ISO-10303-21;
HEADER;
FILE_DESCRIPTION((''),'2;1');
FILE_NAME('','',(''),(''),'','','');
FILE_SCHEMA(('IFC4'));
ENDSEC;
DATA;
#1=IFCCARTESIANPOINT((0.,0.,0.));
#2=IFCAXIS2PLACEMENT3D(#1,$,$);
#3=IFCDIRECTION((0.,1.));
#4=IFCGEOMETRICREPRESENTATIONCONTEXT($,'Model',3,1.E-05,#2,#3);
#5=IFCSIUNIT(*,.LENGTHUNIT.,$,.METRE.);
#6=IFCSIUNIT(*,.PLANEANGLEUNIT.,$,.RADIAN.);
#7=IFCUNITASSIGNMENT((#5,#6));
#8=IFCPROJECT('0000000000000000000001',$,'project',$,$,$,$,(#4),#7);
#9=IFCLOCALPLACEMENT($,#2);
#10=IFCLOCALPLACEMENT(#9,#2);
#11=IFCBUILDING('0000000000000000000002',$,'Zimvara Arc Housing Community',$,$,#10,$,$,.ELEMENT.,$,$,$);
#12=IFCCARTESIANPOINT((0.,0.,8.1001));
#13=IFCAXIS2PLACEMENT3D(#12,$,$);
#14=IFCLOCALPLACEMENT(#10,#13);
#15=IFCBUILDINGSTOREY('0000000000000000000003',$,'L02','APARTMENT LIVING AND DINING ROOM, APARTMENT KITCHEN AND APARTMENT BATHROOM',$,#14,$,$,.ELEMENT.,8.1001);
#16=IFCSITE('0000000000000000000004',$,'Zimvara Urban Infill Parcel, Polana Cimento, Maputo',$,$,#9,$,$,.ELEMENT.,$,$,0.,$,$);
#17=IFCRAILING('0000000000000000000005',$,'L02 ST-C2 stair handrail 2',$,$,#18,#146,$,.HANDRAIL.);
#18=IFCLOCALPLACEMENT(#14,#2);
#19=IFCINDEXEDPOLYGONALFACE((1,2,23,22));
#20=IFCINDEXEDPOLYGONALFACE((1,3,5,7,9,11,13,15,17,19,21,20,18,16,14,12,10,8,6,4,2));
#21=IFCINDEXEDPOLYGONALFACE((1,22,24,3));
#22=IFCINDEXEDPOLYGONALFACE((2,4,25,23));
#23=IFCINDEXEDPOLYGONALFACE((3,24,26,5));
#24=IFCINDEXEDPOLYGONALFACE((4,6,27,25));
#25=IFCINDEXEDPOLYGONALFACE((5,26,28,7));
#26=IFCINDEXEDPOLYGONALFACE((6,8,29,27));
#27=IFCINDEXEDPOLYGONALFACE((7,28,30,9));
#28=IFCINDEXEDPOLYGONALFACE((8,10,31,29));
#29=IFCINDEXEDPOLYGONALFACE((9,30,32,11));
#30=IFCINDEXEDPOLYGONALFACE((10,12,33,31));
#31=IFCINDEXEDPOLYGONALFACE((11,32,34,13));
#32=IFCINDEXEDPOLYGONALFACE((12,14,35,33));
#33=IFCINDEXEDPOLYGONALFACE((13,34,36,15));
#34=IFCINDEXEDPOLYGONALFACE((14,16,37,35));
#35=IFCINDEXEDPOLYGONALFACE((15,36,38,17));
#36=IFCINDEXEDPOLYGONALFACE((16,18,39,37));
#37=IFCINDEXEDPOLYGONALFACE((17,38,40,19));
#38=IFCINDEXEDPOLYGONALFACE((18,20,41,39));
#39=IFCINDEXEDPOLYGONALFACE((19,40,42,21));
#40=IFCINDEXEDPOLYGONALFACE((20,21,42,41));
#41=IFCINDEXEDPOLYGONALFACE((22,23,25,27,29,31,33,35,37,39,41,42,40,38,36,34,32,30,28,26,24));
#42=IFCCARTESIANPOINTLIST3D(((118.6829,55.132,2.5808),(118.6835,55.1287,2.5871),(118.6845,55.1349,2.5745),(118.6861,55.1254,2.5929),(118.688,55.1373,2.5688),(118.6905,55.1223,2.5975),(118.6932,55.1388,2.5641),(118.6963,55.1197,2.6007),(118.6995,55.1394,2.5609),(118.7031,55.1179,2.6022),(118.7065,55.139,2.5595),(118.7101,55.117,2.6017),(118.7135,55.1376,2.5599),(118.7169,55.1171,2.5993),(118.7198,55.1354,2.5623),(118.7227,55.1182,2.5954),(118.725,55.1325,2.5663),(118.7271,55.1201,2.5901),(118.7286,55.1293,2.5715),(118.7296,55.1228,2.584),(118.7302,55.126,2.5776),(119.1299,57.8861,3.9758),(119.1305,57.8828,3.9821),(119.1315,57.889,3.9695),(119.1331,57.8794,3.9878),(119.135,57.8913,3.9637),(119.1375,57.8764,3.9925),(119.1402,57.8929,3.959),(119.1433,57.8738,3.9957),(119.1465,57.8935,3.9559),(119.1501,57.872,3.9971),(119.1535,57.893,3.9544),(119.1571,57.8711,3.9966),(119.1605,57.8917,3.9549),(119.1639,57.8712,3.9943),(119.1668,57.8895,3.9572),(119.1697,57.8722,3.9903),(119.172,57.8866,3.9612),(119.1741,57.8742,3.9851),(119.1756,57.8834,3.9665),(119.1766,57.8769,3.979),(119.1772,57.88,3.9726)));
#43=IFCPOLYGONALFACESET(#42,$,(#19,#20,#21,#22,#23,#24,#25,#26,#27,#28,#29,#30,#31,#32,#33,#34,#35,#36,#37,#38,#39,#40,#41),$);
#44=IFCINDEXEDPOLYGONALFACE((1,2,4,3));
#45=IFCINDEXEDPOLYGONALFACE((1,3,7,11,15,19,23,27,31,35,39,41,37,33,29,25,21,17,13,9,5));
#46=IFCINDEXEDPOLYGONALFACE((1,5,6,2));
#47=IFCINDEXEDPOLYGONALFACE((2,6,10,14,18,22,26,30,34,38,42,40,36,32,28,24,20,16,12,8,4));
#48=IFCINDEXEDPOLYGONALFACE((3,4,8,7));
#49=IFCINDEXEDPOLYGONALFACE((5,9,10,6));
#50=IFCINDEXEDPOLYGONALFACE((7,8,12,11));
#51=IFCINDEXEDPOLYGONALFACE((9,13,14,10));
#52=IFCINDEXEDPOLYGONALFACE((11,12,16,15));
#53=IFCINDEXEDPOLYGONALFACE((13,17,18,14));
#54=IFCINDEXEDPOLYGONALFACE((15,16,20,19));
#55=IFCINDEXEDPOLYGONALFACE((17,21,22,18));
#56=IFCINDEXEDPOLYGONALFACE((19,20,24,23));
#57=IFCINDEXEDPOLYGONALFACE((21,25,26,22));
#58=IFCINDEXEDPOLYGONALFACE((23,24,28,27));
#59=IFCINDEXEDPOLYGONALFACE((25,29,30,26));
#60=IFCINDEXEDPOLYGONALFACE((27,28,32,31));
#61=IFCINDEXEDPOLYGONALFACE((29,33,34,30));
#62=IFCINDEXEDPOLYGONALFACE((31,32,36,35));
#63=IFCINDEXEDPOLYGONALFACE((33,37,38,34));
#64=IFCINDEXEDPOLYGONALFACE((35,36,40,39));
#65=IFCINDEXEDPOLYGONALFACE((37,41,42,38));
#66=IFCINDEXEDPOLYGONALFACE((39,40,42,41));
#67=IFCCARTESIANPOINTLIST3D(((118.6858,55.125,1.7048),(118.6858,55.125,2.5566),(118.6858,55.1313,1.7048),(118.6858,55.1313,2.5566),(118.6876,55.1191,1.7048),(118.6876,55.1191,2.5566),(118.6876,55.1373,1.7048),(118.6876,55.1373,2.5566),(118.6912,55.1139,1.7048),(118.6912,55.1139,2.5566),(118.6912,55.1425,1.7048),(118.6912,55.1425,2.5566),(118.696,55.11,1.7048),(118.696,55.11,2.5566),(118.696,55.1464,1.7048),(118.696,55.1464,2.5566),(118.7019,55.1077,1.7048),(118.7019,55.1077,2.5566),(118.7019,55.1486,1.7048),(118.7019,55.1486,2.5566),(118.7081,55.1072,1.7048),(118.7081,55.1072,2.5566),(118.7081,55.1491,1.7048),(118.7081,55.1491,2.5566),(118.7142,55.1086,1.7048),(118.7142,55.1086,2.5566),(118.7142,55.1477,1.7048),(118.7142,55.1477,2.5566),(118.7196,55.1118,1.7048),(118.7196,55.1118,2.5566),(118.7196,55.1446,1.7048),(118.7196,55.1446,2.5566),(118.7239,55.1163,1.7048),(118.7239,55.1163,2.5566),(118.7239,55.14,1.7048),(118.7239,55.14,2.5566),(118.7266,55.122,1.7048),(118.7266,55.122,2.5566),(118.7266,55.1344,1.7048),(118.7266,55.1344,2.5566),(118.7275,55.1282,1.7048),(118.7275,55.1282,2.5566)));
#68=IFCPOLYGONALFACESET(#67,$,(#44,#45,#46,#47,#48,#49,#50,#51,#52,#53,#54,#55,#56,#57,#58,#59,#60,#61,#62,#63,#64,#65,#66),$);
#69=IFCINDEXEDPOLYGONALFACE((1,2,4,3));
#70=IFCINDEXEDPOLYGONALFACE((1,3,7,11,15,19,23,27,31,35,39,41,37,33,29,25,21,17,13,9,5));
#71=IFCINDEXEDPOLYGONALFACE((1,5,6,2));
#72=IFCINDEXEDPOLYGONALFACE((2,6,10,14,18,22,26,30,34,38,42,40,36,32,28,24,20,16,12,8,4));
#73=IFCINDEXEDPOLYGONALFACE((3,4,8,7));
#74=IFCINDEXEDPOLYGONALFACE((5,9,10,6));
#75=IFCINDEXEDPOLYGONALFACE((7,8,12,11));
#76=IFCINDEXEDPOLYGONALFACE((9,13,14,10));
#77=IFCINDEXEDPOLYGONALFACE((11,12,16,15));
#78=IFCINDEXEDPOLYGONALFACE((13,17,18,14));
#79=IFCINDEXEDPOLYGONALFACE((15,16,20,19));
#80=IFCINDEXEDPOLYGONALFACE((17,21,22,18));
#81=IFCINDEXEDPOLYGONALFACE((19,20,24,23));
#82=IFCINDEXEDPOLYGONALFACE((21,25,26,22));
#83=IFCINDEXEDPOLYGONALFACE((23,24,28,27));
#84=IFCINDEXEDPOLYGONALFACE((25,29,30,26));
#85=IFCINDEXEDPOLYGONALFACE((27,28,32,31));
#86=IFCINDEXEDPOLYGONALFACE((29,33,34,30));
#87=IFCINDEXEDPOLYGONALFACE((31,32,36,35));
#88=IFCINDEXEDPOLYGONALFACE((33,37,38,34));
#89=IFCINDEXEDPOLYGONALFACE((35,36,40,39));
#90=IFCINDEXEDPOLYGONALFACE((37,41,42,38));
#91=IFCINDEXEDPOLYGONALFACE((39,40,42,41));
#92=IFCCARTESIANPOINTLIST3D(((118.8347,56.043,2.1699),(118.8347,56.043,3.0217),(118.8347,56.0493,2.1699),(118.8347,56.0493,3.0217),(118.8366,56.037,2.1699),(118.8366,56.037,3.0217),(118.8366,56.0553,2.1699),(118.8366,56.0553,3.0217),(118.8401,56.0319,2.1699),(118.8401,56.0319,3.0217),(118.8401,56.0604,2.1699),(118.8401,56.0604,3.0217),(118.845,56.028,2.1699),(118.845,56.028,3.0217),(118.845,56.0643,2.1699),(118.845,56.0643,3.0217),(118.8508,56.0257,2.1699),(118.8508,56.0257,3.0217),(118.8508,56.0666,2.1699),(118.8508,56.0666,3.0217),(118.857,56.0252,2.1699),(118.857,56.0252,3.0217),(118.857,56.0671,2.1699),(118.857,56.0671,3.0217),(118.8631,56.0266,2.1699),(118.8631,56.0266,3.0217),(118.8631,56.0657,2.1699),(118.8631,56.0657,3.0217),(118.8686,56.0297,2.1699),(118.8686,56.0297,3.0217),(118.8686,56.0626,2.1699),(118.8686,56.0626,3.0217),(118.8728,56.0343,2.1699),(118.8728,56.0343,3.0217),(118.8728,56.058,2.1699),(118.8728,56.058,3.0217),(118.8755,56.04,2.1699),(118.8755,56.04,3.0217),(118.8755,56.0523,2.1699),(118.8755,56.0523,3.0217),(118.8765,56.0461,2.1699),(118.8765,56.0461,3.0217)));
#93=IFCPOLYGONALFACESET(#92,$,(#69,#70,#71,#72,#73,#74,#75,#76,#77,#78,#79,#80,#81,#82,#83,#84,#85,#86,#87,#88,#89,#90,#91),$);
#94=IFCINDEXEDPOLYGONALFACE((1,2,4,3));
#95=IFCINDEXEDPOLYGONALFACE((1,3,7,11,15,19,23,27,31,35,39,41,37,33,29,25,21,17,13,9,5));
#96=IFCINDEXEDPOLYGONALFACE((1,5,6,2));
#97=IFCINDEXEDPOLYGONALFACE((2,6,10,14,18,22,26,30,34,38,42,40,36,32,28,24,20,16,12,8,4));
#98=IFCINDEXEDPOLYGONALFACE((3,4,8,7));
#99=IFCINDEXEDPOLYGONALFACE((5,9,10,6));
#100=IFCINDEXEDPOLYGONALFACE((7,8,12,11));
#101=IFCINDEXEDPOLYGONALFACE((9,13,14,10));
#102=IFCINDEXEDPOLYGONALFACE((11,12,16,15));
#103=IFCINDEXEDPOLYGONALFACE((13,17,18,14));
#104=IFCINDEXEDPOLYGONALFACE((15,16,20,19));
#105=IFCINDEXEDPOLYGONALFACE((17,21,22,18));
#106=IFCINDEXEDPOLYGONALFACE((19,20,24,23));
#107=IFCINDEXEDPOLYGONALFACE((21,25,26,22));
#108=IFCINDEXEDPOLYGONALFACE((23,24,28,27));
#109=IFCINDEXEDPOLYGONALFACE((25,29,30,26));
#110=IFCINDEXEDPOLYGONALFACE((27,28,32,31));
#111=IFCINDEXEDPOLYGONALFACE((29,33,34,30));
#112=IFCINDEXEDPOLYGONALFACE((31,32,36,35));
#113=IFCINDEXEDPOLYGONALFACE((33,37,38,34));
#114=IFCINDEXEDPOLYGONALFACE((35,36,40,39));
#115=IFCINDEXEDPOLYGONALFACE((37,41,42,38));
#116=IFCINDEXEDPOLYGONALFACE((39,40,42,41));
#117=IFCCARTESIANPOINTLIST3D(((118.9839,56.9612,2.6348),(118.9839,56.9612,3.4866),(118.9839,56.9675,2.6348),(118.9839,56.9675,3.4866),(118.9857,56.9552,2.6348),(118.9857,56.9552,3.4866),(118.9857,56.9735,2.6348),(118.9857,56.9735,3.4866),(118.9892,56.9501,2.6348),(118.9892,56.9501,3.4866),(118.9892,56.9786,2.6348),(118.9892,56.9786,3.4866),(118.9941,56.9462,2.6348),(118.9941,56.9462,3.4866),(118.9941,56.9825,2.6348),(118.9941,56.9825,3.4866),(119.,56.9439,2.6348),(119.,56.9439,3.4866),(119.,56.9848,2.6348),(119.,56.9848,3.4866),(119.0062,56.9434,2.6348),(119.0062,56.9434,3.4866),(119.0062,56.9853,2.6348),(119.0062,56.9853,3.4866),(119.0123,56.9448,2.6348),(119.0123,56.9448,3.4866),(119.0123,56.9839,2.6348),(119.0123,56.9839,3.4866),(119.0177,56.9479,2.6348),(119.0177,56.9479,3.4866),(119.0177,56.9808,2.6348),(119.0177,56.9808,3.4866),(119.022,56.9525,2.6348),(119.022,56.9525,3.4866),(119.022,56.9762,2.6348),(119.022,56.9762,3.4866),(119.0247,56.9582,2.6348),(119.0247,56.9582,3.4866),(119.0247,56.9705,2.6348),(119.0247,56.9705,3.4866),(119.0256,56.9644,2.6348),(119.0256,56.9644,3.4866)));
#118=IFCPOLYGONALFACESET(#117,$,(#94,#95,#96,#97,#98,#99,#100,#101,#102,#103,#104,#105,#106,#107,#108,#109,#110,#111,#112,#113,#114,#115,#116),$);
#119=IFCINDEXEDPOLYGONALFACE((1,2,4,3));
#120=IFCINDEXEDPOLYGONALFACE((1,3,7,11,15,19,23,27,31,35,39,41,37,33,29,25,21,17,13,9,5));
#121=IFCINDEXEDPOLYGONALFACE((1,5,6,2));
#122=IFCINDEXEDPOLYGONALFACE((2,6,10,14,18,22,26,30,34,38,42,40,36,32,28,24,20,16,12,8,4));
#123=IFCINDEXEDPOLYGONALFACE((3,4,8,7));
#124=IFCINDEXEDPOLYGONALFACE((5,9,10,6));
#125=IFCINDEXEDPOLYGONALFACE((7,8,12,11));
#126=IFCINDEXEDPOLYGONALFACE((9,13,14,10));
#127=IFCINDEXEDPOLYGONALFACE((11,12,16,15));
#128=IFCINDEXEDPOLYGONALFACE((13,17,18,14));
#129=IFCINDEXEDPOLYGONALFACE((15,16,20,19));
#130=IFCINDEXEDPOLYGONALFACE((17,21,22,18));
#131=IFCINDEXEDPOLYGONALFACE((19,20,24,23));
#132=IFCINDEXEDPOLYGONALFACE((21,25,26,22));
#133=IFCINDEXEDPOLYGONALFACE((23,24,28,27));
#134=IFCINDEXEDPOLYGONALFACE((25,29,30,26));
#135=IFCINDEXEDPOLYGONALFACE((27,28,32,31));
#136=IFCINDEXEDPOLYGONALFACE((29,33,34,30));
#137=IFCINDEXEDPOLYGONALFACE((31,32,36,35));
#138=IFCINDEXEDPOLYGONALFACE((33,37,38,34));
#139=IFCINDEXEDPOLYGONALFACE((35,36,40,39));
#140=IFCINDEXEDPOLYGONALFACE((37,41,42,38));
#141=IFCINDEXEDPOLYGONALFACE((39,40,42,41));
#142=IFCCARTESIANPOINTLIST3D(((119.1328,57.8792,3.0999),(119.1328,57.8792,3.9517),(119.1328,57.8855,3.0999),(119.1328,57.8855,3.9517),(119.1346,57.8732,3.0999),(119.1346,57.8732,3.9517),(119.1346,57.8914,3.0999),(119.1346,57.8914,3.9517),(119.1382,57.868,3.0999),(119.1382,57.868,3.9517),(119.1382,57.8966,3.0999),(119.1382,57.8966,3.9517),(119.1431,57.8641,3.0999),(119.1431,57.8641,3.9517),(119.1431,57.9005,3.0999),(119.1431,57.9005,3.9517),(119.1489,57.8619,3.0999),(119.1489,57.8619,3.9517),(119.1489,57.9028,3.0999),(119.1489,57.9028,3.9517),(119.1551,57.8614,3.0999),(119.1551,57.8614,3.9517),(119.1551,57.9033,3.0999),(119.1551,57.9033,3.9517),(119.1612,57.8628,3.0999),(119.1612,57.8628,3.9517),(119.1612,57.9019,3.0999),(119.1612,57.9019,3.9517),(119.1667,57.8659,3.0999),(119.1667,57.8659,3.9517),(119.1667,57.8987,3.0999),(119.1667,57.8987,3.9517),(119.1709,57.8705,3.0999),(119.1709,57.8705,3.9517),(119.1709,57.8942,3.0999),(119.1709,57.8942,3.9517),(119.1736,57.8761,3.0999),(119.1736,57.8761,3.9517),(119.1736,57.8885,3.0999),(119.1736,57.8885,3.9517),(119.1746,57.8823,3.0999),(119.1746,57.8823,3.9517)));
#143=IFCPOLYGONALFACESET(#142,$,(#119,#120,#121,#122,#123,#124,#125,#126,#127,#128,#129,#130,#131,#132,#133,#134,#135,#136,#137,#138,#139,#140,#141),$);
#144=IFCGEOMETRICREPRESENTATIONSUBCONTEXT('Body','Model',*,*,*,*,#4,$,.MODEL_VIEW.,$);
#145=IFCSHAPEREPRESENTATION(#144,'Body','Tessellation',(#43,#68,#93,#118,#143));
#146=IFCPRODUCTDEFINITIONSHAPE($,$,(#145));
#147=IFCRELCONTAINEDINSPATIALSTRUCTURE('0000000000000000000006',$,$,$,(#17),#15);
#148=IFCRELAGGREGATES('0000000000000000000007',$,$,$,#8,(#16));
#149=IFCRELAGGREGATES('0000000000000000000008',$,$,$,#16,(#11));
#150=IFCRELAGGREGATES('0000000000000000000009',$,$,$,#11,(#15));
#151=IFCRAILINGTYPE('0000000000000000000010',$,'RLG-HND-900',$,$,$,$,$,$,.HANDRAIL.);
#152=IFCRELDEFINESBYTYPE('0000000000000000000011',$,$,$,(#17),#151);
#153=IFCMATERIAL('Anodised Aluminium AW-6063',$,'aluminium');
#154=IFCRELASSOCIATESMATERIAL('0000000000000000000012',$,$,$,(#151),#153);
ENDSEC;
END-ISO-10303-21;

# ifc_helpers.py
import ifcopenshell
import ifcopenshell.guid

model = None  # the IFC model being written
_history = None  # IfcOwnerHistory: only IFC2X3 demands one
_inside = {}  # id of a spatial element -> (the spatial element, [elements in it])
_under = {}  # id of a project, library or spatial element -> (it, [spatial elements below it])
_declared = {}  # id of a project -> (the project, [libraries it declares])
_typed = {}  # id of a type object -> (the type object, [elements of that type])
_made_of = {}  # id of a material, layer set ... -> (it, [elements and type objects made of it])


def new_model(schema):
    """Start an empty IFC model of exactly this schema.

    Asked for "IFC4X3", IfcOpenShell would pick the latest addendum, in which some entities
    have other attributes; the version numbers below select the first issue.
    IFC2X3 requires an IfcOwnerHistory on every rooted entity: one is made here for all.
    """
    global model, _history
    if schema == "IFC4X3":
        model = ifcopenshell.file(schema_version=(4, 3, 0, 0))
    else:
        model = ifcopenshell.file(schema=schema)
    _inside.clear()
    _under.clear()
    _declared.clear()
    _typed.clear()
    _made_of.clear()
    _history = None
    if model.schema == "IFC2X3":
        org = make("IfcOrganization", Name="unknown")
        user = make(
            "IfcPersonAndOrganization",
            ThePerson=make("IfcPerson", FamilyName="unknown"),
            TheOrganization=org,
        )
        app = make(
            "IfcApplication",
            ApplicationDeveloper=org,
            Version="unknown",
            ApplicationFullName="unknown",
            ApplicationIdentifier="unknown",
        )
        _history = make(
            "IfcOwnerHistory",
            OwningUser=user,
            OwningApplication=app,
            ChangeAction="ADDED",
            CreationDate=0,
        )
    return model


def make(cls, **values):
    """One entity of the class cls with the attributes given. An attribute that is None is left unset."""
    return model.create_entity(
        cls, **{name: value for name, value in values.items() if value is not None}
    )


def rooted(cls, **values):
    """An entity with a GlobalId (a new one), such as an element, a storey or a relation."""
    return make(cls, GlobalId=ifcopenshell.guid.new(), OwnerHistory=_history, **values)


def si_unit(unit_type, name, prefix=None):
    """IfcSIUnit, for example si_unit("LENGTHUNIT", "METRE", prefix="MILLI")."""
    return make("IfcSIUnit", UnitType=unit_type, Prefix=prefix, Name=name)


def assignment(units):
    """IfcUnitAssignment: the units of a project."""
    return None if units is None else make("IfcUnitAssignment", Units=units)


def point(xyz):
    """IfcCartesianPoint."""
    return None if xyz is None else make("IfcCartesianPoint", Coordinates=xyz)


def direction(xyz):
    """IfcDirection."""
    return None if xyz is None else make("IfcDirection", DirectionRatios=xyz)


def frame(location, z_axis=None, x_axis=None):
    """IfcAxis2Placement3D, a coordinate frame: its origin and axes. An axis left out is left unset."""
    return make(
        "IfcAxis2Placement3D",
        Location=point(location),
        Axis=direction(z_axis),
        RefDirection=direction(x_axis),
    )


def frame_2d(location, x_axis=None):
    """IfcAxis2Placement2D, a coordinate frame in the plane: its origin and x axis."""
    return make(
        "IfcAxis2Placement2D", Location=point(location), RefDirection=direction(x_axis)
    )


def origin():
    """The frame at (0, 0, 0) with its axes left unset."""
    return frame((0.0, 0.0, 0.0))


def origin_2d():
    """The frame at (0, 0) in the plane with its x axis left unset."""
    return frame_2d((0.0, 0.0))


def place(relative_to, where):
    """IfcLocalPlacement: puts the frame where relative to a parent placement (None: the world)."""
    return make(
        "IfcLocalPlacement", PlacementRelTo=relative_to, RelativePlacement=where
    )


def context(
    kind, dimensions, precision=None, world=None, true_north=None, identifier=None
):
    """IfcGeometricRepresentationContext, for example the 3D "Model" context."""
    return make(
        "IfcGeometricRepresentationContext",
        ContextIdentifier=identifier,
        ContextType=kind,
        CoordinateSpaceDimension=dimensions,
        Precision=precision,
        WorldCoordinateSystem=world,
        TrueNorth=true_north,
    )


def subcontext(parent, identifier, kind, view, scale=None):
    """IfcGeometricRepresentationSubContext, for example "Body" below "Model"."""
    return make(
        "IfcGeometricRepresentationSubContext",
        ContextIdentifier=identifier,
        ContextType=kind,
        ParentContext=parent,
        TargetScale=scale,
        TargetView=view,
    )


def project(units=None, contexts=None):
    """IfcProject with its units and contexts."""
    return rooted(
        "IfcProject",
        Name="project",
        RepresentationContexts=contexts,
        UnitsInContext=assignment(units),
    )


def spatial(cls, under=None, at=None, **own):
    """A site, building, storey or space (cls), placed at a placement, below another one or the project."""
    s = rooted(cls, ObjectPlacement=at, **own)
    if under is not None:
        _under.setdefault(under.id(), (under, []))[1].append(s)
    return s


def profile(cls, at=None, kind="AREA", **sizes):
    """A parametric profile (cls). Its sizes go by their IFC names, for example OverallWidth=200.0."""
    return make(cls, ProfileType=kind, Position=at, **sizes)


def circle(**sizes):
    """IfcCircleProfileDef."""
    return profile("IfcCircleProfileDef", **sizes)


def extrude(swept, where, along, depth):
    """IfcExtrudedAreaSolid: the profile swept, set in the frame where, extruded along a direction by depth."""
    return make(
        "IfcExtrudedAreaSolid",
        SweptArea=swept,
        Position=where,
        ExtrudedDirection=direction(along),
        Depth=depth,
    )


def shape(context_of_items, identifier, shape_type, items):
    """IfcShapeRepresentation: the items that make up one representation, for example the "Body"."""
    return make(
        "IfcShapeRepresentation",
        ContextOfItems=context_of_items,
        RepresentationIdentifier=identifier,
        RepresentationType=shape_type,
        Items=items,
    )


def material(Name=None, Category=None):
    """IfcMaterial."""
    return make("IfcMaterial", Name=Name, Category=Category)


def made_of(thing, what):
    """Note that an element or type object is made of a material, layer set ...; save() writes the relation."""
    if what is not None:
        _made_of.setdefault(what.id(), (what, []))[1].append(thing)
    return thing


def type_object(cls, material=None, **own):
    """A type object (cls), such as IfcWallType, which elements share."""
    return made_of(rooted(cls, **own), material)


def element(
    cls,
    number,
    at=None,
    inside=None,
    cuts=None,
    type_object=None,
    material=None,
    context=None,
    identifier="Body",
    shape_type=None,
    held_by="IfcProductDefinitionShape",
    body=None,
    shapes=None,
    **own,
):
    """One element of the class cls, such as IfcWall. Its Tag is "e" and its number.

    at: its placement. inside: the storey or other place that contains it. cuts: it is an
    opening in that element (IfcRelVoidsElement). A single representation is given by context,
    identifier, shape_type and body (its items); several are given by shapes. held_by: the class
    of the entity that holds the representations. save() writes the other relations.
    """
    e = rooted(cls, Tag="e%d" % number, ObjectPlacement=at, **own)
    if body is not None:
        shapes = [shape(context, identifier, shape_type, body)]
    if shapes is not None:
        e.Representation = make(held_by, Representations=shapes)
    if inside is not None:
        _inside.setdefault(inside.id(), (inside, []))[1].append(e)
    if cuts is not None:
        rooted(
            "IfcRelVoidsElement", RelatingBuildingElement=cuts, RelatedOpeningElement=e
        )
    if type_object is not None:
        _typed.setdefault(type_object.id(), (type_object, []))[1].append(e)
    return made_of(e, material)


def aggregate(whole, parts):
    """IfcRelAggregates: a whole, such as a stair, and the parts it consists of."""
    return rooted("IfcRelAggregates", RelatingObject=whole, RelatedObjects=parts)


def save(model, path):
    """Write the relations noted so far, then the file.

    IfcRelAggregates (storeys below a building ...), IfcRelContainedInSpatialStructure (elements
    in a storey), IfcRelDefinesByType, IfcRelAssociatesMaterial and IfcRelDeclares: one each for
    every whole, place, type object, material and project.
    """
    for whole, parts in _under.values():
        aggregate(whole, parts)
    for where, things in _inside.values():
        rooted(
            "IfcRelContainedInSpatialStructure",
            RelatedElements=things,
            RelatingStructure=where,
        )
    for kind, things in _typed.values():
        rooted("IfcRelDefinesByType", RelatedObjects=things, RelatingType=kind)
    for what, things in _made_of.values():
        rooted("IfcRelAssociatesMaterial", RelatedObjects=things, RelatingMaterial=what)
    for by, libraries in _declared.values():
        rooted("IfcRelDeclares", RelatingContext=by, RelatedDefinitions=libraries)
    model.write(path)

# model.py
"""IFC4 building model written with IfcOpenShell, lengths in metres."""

from ifc_helpers import new_model, si_unit, direction, frame, origin, origin_2d, place, context, subcontext, project, spatial, circle, extrude, material, type_object, element, save


model = new_model("IFC4")

# Units and contexts
model_context = context("Model", 3, precision=1e-05, world=origin(), true_north=direction((0.0, 1.0)))
body_context = subcontext(model_context, "Body", "Model", "MODEL_VIEW")
ifc_project = project(units=[si_unit("LENGTHUNIT", "METRE"), si_unit("PLANEANGLEUNIT", "RADIAN")], contexts=[model_context])

# Site, building, storey
site_placement = place(None, origin())
site = spatial("IfcSite", under=ifc_project, at=site_placement, Name="Zimvara Urban Infill Parcel, Polana Cimento, Maputo", CompositionType="ELEMENT", RefElevation=0.0)
building_placement = place(site_placement, origin())
building = spatial("IfcBuilding", under=site, at=building_placement, Name="Zimvara Arc Housing Community", CompositionType="ELEMENT")
storey_placement = place(building_placement, frame((0.0, 0.0, 8.1001)))
storey = spatial("IfcBuildingStorey", under=building, at=storey_placement, Name="L02", Description="APARTMENT LIVING AND DINING ROOM, APARTMENT KITCHEN AND APARTMENT BATHROOM", CompositionType="ELEMENT", Elevation=8.1001)

# Railing
ifc_material_1 = material(Name="Anodised Aluminium AW-6063", Category="aluminium")
railing_type_1 = type_object("IfcRailingType", Name="RLG-HND-900", PredefinedType="HANDRAIL", material=ifc_material_1)
railing_1_placement = place(storey_placement, frame((118.7065, 55.1282, 1.7048)))
element("IfcRailing", 1, at=railing_1_placement, inside=storey, type_object=railing_type_1, Name="L02 ST-C2 stair handrail 2", PredefinedType="HANDRAIL", context=body_context, shape_type="SweptSolid", body=[
    extrude(circle(Radius=0.0239, at=origin_2d()), frame((0.0, 0.0, 0.876), z_axis=(0.143299, 0.882883, 0.447194), x_axis=(-0.987083, 0.160212, 0.0)), (0.0, 0.0, 1.0), 3.1194),
    extrude(circle(Radius=0.021, at=origin_2d()), origin(), (0.0, 0.0, 1.0), 0.8518),
    extrude(circle(Radius=0.021, at=origin_2d()), frame((0.1489, 0.918, 0.4651)), (0.0, 0.0, 1.0), 0.8518),
    extrude(circle(Radius=0.021, at=origin_2d()), frame((0.2981, 1.8362, 0.9299)), (0.0, 0.0, 1.0), 0.8518),
    extrude(circle(Radius=0.021, at=origin_2d()), frame((0.447, 2.7542, 1.395)), (0.0, 0.0, 1.0), 0.8518),
])

save(model, "model.ifc")
